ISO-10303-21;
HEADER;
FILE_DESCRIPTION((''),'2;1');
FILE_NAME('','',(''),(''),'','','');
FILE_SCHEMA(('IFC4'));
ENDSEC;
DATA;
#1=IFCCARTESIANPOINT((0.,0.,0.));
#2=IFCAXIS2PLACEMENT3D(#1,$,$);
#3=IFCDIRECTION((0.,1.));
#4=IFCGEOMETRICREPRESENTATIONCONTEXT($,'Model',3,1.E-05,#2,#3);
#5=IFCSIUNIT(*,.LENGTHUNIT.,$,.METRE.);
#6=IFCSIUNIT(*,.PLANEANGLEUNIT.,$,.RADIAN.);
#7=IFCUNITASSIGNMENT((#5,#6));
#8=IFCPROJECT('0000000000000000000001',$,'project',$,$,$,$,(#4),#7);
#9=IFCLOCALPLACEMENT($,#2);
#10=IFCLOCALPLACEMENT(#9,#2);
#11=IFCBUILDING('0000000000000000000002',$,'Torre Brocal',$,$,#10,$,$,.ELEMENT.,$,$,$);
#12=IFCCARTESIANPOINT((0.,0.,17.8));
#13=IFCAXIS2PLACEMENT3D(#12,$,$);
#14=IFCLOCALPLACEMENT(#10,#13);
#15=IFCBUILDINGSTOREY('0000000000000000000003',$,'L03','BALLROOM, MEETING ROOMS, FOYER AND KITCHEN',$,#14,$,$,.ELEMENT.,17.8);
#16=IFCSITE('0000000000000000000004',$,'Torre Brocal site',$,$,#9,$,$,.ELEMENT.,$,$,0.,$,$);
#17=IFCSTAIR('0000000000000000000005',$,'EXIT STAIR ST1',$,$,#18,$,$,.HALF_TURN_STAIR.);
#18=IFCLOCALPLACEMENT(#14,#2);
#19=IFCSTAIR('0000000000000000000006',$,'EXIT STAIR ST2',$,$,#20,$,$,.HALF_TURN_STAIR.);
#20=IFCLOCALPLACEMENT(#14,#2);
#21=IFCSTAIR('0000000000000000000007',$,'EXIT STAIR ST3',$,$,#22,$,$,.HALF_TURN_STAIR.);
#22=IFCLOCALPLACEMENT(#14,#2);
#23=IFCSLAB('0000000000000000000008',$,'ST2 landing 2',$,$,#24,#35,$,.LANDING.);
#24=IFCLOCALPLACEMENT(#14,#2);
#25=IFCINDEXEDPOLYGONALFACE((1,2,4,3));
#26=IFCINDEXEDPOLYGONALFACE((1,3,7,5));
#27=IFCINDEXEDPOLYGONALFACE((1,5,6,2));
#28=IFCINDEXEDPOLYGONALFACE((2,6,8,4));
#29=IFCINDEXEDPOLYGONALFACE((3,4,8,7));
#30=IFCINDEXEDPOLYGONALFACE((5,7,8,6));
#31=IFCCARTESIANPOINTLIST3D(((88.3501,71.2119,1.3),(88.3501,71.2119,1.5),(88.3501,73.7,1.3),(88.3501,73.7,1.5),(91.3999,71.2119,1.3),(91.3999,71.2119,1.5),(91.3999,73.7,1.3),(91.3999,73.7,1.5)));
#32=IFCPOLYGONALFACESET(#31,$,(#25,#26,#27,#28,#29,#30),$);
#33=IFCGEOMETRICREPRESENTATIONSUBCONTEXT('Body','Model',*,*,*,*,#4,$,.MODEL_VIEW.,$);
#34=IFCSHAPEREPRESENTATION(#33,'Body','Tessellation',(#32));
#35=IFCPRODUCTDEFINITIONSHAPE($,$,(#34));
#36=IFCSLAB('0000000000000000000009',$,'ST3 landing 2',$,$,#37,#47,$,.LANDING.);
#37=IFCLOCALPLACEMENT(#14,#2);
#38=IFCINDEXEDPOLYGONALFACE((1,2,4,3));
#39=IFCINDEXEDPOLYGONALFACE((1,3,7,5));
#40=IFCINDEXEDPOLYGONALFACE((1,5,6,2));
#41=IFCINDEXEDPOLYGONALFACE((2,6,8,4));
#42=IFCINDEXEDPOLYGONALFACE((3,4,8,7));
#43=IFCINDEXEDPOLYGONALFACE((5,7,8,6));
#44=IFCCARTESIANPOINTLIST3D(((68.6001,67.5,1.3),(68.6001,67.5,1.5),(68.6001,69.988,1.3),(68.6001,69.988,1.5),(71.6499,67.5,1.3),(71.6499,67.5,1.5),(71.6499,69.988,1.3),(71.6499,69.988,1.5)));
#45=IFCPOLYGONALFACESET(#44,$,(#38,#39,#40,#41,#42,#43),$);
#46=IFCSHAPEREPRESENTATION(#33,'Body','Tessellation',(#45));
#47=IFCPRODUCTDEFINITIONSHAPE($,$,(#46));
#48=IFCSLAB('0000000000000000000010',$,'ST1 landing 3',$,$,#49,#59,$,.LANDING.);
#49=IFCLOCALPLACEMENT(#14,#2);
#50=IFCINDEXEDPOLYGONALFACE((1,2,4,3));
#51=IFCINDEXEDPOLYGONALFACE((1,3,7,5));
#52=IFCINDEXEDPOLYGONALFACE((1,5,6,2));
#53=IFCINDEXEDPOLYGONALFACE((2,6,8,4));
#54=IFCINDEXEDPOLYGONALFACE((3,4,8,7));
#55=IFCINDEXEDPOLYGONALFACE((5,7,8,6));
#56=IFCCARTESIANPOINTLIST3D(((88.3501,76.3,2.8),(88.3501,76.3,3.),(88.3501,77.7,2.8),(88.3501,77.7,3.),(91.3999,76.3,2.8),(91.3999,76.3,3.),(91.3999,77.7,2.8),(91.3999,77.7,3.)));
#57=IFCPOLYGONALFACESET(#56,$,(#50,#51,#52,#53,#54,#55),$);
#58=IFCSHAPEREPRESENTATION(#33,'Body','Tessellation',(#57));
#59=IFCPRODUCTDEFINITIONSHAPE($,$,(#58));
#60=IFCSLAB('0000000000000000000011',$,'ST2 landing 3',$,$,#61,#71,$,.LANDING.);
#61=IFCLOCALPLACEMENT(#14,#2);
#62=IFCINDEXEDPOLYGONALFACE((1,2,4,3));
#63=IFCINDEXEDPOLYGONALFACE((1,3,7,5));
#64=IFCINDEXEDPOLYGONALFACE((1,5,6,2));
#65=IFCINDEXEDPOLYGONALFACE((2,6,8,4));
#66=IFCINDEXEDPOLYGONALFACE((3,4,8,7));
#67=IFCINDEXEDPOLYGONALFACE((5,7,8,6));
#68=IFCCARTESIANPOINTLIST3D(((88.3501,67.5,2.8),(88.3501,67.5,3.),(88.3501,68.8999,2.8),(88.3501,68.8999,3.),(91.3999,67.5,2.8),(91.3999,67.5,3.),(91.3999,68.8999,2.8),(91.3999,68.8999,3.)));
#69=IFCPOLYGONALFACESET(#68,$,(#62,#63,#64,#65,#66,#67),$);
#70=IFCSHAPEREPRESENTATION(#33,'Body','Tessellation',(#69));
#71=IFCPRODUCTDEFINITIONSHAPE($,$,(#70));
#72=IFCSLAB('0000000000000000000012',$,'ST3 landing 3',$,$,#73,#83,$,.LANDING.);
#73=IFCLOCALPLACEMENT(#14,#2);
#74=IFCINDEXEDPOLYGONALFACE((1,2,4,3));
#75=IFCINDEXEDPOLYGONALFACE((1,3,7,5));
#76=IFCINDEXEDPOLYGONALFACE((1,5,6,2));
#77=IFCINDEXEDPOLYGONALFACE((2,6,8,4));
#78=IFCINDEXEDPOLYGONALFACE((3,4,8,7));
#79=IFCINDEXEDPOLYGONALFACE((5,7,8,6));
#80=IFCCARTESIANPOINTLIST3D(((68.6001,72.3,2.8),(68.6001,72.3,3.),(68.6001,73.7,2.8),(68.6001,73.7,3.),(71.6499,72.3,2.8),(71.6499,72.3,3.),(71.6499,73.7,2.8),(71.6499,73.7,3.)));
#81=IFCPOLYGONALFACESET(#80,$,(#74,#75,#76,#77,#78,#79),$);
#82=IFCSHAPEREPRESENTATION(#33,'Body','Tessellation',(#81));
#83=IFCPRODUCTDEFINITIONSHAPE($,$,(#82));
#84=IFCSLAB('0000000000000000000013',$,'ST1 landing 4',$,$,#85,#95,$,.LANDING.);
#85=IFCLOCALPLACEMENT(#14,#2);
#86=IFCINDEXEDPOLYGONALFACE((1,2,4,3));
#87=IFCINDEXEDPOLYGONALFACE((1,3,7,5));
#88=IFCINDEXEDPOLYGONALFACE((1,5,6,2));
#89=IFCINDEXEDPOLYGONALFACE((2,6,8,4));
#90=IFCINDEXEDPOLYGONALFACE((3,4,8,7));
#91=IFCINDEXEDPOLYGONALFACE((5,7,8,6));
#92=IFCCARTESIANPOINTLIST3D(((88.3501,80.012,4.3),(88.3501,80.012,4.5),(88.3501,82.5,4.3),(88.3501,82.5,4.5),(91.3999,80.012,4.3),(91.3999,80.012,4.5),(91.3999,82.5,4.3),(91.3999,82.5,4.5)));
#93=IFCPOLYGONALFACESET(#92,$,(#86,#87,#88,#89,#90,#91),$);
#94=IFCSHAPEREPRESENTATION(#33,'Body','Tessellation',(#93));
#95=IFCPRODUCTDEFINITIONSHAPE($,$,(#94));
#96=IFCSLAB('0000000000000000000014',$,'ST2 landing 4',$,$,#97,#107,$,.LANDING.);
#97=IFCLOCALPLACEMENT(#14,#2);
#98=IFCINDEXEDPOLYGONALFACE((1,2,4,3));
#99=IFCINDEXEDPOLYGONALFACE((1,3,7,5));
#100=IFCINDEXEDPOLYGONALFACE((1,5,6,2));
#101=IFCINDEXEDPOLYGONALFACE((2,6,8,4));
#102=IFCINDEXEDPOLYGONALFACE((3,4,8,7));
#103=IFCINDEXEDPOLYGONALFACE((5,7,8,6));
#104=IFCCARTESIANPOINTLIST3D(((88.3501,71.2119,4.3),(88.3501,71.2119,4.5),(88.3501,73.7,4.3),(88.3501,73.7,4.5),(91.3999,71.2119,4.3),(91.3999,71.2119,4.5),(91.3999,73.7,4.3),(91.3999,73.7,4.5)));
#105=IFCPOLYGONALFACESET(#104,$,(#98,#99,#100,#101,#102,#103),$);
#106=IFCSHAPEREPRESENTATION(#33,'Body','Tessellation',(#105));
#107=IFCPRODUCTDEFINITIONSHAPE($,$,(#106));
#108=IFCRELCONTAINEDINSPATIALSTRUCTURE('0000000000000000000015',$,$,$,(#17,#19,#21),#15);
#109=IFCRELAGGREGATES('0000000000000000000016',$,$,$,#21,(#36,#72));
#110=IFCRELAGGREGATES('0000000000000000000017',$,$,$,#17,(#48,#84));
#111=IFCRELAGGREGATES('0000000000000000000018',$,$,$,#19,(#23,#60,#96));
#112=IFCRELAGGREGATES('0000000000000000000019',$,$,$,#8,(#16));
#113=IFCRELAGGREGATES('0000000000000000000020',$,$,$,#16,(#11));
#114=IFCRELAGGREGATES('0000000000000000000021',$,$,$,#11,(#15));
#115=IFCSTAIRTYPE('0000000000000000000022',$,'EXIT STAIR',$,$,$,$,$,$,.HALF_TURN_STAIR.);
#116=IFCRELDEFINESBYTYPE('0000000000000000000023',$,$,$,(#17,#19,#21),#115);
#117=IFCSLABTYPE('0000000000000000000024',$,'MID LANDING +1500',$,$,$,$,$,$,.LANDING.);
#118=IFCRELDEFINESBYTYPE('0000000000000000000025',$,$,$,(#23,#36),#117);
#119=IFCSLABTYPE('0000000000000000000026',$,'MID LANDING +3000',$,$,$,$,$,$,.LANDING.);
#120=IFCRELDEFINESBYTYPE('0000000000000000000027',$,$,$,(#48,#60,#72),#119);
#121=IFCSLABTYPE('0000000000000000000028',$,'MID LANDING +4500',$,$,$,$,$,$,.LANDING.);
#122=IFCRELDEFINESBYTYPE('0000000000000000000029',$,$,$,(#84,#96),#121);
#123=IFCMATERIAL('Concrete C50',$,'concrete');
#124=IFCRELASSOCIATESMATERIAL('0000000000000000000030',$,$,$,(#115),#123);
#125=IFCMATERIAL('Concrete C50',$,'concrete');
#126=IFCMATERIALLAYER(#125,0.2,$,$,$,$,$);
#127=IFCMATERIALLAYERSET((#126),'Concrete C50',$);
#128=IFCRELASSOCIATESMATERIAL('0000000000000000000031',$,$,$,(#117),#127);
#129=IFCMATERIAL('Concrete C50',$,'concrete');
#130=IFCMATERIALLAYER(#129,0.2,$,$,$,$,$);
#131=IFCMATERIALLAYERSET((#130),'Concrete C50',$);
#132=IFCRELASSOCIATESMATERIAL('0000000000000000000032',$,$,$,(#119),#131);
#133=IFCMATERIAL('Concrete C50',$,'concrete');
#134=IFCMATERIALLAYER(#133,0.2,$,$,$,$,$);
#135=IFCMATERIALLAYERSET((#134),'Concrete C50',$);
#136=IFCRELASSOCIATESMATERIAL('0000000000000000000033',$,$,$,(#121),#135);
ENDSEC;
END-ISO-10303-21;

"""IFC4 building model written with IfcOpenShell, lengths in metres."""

from ifc_helpers import new_model, si_unit, direction, frame, origin, place, context, subcontext, project, spatial, polyline, outline, extrude, material, layer, layer_set, type_object, element, aggregate, save


model = new_model("IFC4")

# Units and contexts
model_context = context("Model", 3, precision=1e-05, world=origin(), true_north=direction((0.0, 1.0)))
body_context = subcontext(model_context, "Body", "Model", "MODEL_VIEW")
ifc_project = project(units=[si_unit("LENGTHUNIT", "METRE"), si_unit("PLANEANGLEUNIT", "RADIAN")], contexts=[model_context])

# Site, building, storey
site_placement = place(None, origin())
site = spatial("IfcSite", under=ifc_project, at=site_placement, Name="Torre Brocal site", CompositionType="ELEMENT", RefElevation=0.0)
building_placement = place(site_placement, origin())
building = spatial("IfcBuilding", under=site, at=building_placement, Name="Torre Brocal", CompositionType="ELEMENT")
storey_placement = place(building_placement, frame((0.0, 0.0, 17.8)))
storey = spatial("IfcBuildingStorey", under=building, at=storey_placement, Name="L03", Description="BALLROOM, MEETING ROOMS, FOYER AND KITCHEN", CompositionType="ELEMENT", Elevation=17.8)

# Stairs
ifc_material_1 = material(Name="Concrete C50", Category="concrete")
stair_type = type_object("IfcStairType", Name="EXIT STAIR", PredefinedType="HALF_TURN_STAIR", material=ifc_material_1)
stair_1_placement = place(storey_placement, origin())
stair_1 = element("IfcStair", 1, at=stair_1_placement, inside=storey, type_object=stair_type, Name="EXIT STAIR ST1", PredefinedType="HALF_TURN_STAIR")
stair_2_placement = place(storey_placement, origin())
stair_2 = element("IfcStair", 2, at=stair_2_placement, inside=storey, type_object=stair_type, Name="EXIT STAIR ST2", PredefinedType="HALF_TURN_STAIR")
stair_3_placement = place(storey_placement, origin())
stair_3 = element("IfcStair", 3, at=stair_3_placement, inside=storey, type_object=stair_type, Name="EXIT STAIR ST3", PredefinedType="HALF_TURN_STAIR")

# Slabs
ifc_material_2 = material(Name="Concrete C50", Category="concrete")
ifc_layer_1 = layer(ifc_material_2, 0.2)
ifc_layer_set_1 = layer_set([ifc_layer_1], Name="Concrete C50")
slab_type_1 = type_object("IfcSlabType", Name="MID LANDING +1500", PredefinedType="LANDING", material=ifc_layer_set_1)
slab_1_placement = place(storey_placement, frame((0.0, 0.0, 1.3)))
slab_1 = element("IfcSlab", 4, at=slab_1_placement, type_object=slab_type_1, Name="ST2 landing 2", PredefinedType="LANDING", context=body_context, shape_type="SweptSolid", body=[
    extrude(outline(polyline([(88.3501, 71.2119), (91.3999, 71.2119), (91.3999, 73.7), (88.3501, 73.7), (88.3501, 71.2119)])), origin(), (0.0, 0.0, 1.0), 0.2),
])
slab_2_placement = place(storey_placement, frame((0.0, 0.0, 1.3)))
slab_2 = element("IfcSlab", 5, at=slab_2_placement, type_object=slab_type_1, Name="ST3 landing 2", PredefinedType="LANDING", context=body_context, shape_type="SweptSolid", body=[
    extrude(outline(polyline([(71.6499, 69.988), (68.6001, 69.988), (68.6001, 67.5), (71.6499, 67.5), (71.6499, 69.988)])), origin(), (0.0, 0.0, 1.0), 0.2),
])
ifc_material_3 = material(Name="Concrete C50", Category="concrete")
ifc_layer_2 = layer(ifc_material_3, 0.2)
ifc_layer_set_2 = layer_set([ifc_layer_2], Name="Concrete C50")
slab_type_2 = type_object("IfcSlabType", Name="MID LANDING +3000", PredefinedType="LANDING", material=ifc_layer_set_2)
slab_3_placement = place(storey_placement, frame((0.0, 0.0, 2.8)))
slab_3 = element("IfcSlab", 6, at=slab_3_placement, type_object=slab_type_2, Name="ST1 landing 3", PredefinedType="LANDING", context=body_context, shape_type="SweptSolid", body=[
    extrude(outline(polyline([(88.3501, 76.3), (91.3999, 76.3), (91.3999, 77.7), (88.3501, 77.7), (88.3501, 76.3)])), origin(), (0.0, 0.0, 1.0), 0.2),
])
slab_4_placement = place(storey_placement, frame((0.0, 0.0, 2.8)))
slab_4 = element("IfcSlab", 7, at=slab_4_placement, type_object=slab_type_2, Name="ST2 landing 3", PredefinedType="LANDING", context=body_context, shape_type="SweptSolid", body=[
    extrude(outline(polyline([(88.3501, 67.5), (91.3999, 67.5), (91.3999, 68.8999), (88.3501, 68.8999), (88.3501, 67.5)])), origin(), (0.0, 0.0, 1.0), 0.2),
])
slab_5_placement = place(storey_placement, frame((0.0, 0.0, 2.8)))
slab_5 = element("IfcSlab", 8, at=slab_5_placement, type_object=slab_type_2, Name="ST3 landing 3", PredefinedType="LANDING", context=body_context, shape_type="SweptSolid", body=[
    extrude(outline(polyline([(71.6499, 73.7), (68.6001, 73.7), (68.6001, 72.3), (71.6499, 72.3), (71.6499, 73.7)])), origin(), (0.0, 0.0, 1.0), 0.2),
])
aggregate(stair_3, [slab_2, slab_5])
ifc_material_4 = material(Name="Concrete C50", Category="concrete")
ifc_layer_3 = layer(ifc_material_4, 0.2)
ifc_layer_set_3 = layer_set([ifc_layer_3], Name="Concrete C50")
slab_type_3 = type_object("IfcSlabType", Name="MID LANDING +4500", PredefinedType="LANDING", material=ifc_layer_set_3)
slab_6_placement = place(storey_placement, frame((0.0, 0.0, 4.3)))
slab_6 = element("IfcSlab", 9, at=slab_6_placement, type_object=slab_type_3, Name="ST1 landing 4", PredefinedType="LANDING", context=body_context, shape_type="SweptSolid", body=[
    extrude(outline(polyline([(88.3501, 80.012), (91.3999, 80.012), (91.3999, 82.5), (88.3501, 82.5), (88.3501, 80.012)])), origin(), (0.0, 0.0, 1.0), 0.2),
])
aggregate(stair_1, [slab_3, slab_6])
slab_7_placement = place(storey_placement, frame((0.0, 0.0, 4.3)))
slab_7 = element("IfcSlab", 10, at=slab_7_placement, type_object=slab_type_3, Name="ST2 landing 4", PredefinedType="LANDING", context=body_context, shape_type="SweptSolid", body=[
    extrude(outline(polyline([(88.3501, 71.2119), (91.3999, 71.2119), (91.3999, 73.7), (88.3501, 73.7), (88.3501, 71.2119)])), origin(), (0.0, 0.0, 1.0), 0.2),
])
aggregate(stair_2, [slab_1, slab_4, slab_7])

save(model, "model.ifc")
